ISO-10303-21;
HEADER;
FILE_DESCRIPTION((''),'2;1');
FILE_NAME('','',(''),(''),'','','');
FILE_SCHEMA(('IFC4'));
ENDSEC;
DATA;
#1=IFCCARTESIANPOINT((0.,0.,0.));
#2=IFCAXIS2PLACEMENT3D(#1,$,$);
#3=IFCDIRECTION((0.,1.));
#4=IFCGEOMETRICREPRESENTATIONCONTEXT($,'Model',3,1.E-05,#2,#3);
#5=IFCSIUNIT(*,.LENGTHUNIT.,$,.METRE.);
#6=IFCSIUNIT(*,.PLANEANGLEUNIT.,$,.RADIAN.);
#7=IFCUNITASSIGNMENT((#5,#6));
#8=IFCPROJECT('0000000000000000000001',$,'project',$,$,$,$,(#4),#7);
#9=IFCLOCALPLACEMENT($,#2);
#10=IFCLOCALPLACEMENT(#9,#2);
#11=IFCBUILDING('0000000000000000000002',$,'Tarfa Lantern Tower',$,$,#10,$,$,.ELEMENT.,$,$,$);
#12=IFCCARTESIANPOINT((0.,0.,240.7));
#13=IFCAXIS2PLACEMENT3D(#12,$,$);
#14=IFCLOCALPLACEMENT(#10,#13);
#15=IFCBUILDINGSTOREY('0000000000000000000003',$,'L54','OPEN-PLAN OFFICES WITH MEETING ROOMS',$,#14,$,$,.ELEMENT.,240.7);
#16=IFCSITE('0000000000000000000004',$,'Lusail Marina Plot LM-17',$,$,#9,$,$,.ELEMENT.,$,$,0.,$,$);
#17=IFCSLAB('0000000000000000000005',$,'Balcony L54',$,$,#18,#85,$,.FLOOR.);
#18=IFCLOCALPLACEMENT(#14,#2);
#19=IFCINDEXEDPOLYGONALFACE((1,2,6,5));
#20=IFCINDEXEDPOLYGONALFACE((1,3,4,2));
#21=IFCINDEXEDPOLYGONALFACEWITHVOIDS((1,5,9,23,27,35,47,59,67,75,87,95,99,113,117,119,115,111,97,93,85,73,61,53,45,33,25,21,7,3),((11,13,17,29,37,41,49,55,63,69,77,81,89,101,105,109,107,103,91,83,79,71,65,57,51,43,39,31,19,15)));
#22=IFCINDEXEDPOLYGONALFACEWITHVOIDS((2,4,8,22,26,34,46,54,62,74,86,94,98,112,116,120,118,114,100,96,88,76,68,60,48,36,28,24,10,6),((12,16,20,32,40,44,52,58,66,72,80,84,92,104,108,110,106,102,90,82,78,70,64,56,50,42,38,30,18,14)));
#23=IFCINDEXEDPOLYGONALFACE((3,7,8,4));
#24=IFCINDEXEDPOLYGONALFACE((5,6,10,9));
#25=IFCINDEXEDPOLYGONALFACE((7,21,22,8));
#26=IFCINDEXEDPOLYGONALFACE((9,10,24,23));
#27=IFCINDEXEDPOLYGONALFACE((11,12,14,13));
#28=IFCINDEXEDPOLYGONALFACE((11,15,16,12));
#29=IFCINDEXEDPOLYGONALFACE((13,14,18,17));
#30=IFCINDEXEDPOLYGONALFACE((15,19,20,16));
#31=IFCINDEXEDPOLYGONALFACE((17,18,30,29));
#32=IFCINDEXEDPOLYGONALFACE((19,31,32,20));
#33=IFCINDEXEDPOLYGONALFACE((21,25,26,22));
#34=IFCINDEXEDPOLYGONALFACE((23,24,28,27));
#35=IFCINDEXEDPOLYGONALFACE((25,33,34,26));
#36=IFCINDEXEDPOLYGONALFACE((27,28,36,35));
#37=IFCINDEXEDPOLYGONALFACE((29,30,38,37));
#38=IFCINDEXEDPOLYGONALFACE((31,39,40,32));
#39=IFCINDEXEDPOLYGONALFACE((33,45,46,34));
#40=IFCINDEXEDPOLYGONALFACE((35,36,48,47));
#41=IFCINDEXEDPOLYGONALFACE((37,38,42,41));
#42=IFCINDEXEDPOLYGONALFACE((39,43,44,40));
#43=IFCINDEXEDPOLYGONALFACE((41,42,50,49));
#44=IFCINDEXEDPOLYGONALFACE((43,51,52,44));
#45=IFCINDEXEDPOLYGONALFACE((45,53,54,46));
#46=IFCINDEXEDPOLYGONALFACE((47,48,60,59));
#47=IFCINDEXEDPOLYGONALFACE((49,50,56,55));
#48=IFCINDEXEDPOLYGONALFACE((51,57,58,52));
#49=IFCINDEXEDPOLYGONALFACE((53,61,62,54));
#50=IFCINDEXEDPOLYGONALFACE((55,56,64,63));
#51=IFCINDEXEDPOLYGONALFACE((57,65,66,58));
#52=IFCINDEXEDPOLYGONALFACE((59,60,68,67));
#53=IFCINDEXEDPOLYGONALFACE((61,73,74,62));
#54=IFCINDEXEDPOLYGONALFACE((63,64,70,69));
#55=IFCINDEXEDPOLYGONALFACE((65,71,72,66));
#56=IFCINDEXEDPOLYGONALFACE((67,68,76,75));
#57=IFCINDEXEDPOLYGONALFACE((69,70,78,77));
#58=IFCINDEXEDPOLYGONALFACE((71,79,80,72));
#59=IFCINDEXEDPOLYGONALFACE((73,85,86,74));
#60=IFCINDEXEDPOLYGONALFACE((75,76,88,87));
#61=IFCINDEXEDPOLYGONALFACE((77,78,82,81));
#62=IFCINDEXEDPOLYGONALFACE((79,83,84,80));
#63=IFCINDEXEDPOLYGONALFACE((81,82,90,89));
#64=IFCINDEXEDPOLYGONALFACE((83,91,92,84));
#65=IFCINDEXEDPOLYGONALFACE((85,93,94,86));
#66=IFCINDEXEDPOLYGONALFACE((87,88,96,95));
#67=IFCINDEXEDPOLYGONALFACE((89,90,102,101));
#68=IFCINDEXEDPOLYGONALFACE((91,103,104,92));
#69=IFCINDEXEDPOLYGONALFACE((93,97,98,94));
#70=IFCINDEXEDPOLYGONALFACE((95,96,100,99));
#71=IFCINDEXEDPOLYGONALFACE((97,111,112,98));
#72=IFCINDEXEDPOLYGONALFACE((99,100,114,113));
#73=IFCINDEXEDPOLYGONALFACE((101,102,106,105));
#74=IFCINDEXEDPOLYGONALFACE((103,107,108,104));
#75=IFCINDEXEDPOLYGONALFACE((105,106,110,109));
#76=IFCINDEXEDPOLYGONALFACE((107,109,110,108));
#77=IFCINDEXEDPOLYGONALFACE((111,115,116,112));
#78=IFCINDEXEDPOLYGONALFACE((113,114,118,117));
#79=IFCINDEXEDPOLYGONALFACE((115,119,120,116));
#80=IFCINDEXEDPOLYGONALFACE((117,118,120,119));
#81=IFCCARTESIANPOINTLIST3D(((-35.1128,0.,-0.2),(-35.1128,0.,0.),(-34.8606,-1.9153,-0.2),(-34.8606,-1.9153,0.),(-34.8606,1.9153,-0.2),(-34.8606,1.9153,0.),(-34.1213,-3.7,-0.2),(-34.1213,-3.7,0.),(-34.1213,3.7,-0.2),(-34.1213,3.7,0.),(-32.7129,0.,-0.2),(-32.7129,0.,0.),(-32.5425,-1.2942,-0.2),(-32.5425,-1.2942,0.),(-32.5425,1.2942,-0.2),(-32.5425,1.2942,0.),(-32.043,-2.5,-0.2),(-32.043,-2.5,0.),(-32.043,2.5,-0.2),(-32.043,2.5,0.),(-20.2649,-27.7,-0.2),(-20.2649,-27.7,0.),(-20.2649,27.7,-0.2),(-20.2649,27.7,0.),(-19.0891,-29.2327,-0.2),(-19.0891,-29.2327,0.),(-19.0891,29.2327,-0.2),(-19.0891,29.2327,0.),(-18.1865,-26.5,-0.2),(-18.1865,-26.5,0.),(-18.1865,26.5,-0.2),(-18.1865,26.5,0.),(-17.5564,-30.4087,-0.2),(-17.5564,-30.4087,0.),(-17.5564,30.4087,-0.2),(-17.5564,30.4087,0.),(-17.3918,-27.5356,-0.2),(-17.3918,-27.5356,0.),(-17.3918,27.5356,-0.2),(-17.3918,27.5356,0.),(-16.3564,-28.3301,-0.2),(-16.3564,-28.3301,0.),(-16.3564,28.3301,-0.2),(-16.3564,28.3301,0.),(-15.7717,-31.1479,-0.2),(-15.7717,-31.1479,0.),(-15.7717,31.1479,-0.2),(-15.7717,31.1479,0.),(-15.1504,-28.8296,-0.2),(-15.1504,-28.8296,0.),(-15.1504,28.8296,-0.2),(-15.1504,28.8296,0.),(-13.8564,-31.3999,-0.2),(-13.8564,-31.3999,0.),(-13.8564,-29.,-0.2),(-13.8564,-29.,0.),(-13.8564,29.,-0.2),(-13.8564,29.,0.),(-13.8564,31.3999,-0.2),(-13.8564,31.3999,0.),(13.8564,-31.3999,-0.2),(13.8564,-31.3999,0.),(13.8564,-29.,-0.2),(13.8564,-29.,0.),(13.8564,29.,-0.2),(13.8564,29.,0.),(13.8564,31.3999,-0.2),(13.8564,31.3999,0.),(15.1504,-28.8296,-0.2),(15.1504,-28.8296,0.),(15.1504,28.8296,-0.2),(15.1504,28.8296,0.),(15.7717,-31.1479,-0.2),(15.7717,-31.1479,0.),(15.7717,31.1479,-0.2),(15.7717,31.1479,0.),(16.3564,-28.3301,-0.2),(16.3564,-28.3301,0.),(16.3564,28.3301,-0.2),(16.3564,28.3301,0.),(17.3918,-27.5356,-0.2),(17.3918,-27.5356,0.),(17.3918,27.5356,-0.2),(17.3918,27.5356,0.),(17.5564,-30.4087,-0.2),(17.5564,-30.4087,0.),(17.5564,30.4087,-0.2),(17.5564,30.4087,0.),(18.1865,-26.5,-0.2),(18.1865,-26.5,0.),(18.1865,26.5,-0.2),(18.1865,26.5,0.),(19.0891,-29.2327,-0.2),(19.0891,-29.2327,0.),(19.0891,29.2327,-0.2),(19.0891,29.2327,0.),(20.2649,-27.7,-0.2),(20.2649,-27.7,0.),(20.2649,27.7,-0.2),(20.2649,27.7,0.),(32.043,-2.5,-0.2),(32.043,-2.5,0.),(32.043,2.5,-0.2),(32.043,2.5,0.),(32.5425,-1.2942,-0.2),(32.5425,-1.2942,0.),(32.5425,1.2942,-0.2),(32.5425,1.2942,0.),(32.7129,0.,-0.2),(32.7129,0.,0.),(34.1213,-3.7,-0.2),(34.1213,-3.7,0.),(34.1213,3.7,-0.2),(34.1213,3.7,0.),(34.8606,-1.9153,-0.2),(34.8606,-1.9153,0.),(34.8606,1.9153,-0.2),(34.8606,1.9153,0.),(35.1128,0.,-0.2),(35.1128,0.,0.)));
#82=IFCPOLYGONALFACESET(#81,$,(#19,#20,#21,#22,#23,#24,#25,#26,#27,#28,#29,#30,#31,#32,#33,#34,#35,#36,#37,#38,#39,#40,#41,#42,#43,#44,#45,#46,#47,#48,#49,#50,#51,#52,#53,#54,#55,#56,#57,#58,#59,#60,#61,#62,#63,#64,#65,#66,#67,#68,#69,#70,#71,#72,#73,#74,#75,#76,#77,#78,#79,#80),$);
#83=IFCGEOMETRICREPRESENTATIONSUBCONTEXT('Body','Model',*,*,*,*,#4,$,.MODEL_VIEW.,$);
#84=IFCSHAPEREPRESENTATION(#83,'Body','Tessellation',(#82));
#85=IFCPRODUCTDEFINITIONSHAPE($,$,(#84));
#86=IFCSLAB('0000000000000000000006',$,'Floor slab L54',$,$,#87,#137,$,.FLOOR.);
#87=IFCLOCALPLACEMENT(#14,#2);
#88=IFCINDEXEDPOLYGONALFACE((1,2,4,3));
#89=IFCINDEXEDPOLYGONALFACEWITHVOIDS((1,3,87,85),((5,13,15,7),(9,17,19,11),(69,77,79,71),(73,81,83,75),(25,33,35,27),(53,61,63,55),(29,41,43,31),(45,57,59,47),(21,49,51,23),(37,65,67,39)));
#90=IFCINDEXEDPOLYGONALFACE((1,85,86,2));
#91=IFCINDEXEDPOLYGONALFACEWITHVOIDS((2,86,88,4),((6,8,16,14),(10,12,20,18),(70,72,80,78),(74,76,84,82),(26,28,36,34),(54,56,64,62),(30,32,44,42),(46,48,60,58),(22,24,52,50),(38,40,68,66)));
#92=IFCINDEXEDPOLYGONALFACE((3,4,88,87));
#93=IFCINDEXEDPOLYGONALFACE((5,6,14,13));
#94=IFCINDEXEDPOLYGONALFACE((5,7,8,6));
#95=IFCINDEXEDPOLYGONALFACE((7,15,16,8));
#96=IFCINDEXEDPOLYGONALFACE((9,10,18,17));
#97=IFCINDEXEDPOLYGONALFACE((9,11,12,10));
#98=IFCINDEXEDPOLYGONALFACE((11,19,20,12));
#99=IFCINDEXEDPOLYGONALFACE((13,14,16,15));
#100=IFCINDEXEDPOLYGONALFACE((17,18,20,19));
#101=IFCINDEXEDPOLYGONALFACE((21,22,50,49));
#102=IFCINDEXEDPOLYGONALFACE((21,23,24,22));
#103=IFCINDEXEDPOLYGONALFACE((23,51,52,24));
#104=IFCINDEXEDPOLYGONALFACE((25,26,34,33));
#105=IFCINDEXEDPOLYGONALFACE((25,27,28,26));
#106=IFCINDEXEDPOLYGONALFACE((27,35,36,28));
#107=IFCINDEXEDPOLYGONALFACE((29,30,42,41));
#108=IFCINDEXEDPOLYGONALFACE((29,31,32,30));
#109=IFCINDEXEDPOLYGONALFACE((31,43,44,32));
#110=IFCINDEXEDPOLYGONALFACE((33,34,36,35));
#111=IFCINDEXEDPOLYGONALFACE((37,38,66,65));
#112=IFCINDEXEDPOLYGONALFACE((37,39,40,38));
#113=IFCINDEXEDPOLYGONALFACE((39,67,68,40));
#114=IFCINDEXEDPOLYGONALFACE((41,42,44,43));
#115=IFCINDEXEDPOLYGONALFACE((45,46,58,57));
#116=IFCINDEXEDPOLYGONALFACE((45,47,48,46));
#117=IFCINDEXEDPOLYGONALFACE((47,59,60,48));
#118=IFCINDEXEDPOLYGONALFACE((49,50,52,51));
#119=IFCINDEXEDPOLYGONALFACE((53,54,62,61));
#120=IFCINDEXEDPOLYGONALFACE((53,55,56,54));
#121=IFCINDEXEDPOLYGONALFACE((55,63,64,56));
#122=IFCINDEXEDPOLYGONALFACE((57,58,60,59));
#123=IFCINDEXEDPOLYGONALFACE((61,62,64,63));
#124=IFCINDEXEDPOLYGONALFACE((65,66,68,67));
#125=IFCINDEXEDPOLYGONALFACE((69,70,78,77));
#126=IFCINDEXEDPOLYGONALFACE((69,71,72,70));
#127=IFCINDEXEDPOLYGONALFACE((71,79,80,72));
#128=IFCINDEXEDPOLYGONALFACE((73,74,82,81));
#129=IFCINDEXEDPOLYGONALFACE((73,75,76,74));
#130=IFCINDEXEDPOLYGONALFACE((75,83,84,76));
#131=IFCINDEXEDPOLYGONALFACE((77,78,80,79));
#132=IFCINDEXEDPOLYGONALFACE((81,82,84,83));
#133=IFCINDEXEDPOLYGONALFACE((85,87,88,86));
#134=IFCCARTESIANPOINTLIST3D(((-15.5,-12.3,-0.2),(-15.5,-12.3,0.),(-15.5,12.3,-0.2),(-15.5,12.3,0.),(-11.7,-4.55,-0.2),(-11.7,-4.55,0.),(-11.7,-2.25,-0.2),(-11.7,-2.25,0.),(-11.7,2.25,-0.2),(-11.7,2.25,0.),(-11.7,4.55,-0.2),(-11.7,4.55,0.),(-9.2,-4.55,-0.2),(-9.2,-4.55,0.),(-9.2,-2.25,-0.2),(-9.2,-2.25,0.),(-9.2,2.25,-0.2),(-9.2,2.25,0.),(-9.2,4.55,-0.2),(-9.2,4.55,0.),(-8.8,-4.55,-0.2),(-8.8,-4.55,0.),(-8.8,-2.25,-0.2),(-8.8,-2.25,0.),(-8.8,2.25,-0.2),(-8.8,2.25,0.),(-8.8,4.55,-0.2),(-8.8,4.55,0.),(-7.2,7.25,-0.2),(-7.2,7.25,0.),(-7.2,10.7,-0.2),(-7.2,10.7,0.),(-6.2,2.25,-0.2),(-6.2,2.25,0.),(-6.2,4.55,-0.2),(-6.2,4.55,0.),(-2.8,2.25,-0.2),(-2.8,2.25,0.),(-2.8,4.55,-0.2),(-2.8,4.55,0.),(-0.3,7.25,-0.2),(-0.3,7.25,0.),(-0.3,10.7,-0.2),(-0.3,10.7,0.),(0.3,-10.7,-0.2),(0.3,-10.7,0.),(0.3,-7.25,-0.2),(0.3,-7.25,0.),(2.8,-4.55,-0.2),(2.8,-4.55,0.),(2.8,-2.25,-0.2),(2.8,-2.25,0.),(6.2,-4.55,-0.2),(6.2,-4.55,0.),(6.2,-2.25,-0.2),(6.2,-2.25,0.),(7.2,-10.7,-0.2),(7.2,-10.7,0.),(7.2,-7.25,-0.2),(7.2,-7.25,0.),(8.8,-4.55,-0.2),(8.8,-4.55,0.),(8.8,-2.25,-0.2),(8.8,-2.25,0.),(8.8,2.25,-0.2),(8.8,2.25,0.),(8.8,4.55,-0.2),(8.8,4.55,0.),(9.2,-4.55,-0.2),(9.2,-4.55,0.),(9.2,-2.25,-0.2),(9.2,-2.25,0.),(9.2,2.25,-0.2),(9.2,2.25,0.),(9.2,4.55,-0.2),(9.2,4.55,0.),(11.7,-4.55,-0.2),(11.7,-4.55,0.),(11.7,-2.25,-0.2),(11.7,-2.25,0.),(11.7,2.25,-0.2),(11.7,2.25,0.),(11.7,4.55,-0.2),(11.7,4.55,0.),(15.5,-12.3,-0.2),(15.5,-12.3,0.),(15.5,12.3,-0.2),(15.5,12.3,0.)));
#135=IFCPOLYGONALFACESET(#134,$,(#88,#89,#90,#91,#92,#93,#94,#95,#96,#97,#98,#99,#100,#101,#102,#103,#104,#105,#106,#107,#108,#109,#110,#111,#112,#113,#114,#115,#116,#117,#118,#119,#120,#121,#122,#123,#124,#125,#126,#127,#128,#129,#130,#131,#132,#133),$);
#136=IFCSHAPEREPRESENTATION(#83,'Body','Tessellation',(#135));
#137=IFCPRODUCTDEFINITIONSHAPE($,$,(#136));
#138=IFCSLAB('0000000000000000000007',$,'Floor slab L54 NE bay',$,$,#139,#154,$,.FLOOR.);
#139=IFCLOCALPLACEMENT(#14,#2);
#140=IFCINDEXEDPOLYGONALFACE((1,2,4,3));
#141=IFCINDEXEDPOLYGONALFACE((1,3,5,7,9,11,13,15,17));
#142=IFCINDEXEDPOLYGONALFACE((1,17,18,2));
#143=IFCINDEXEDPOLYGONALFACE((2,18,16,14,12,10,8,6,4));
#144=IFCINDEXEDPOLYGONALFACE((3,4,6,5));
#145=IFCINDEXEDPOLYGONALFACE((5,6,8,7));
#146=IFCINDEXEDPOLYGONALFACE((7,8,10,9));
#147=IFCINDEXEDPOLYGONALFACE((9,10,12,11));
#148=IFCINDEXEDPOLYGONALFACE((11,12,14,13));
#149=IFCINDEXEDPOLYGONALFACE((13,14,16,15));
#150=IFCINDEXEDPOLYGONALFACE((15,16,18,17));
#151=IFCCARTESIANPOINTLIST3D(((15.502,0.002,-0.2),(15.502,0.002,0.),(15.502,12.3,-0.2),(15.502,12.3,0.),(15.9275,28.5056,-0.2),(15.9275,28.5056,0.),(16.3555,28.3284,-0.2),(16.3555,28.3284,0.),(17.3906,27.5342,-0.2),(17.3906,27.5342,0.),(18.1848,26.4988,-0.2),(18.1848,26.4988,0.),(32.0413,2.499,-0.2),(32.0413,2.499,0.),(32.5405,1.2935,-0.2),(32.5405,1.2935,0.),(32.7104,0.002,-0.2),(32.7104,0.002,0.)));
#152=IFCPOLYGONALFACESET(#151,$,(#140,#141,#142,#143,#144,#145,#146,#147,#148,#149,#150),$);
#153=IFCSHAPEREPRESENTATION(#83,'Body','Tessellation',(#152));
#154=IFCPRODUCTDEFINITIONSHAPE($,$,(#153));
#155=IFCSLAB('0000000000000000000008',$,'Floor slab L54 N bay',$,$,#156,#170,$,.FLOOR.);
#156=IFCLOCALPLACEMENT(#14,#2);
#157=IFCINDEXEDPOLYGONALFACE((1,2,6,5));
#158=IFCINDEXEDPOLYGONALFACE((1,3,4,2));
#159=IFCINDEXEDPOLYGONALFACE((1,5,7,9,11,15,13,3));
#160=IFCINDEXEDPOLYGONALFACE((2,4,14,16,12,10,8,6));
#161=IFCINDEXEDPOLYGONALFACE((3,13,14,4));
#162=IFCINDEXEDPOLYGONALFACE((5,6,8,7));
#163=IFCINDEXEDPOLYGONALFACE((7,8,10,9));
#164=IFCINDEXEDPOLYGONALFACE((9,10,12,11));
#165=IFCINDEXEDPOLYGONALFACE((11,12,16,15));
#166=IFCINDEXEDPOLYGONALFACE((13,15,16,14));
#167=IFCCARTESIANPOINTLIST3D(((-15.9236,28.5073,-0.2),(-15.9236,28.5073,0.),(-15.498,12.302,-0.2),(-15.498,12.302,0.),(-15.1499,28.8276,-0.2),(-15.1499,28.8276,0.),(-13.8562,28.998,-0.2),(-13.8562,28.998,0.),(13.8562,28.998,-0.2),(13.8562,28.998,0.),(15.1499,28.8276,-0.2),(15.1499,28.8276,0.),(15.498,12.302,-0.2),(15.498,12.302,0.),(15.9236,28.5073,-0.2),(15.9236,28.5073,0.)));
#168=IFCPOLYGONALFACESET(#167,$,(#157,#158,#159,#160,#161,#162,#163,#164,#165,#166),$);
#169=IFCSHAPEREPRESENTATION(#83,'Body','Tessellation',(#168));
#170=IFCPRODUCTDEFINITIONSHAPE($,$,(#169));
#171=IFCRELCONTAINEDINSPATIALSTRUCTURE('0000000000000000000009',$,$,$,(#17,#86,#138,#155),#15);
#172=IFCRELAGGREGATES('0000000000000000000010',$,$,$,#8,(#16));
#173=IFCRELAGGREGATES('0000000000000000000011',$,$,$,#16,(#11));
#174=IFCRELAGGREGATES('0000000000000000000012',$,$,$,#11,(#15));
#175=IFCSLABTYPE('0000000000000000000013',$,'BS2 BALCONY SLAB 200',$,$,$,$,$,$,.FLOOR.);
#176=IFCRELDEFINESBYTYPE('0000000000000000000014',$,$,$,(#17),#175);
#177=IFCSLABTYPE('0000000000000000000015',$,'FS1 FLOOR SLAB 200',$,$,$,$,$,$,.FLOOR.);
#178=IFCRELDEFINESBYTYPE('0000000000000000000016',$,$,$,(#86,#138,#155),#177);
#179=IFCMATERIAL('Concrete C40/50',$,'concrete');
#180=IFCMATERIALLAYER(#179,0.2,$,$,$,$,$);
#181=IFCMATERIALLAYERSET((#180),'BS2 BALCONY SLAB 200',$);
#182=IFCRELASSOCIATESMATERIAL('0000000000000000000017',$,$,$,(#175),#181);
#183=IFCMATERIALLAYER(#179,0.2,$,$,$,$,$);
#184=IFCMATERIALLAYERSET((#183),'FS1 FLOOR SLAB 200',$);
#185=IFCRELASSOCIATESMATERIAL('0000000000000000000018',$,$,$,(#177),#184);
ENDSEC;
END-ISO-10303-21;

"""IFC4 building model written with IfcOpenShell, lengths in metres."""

from ifc_helpers import new_model, si_unit, direction, frame, origin, place, context, subcontext, project, spatial, polyline, outline, extrude, material, layer, layer_set, type_object, element, save


model = new_model("IFC4")

# Units and contexts
model_context = context("Model", 3, precision=1e-05, world=origin(), true_north=direction((0.0, 1.0)))
body_context = subcontext(model_context, "Body", "Model", "MODEL_VIEW")
ifc_project = project(units=[si_unit("LENGTHUNIT", "METRE"), si_unit("PLANEANGLEUNIT", "RADIAN")], contexts=[model_context])

# Site, building, storey
site_placement = place(None, origin())
site = spatial("IfcSite", under=ifc_project, at=site_placement, Name="Lusail Marina Plot LM-17", CompositionType="ELEMENT", RefElevation=0.0)
building_placement = place(site_placement, origin())
building = spatial("IfcBuilding", under=site, at=building_placement, Name="Tarfa Lantern Tower", CompositionType="ELEMENT")
storey_placement = place(building_placement, frame((0.0, 0.0, 240.7)))
storey = spatial("IfcBuildingStorey", under=building, at=storey_placement, Name="L54", Description="OPEN-PLAN OFFICES WITH MEETING ROOMS", CompositionType="ELEMENT", Elevation=240.7)

# Slabs
ifc_material_1 = material(Name="Concrete C40/50", Category="concrete")
ifc_layer_1 = layer(ifc_material_1, 0.2)
ifc_layer_set_1 = layer_set([ifc_layer_1], Name="BS2 BALCONY SLAB 200")
slab_type_1 = type_object("IfcSlabType", Name="BS2 BALCONY SLAB 200", PredefinedType="FLOOR", material=ifc_layer_set_1)
slab_1_placement = place(storey_placement, frame((0.0, 0.0, -0.2)))
element("IfcSlab", 1, at=slab_1_placement, inside=storey, type_object=slab_type_1, Name="Balcony L54", PredefinedType="FLOOR", context=body_context, shape_type="SweptSolid", body=[
    extrude(outline(polyline([(34.1213, 3.7), (20.2649, 27.7), (19.0891, 29.2327), (17.5564, 30.4087), (15.7717, 31.1479), (13.8564, 31.3999), (-13.8564, 31.3999), (-15.7717, 31.1479), (-17.5564, 30.4087), (-19.0891, 29.2327), (-20.2649, 27.7), (-34.1213, 3.7), (-34.8606, 1.9153), (-35.1128, 0.0), (-34.8606, -1.9153), (-34.1213, -3.7), (-20.2649, -27.7), (-19.0891, -29.2327), (-17.5564, -30.4087), (-15.7717, -31.1479), (-13.8564, -31.3999), (13.8564, -31.3999), (15.7717, -31.1479), (17.5564, -30.4087), (19.0891, -29.2327), (20.2649, -27.7), (34.1213, -3.7), (34.8606, -1.9153), (35.1128, 0.0), (34.8606, 1.9153), (34.1213, 3.7)]), holes=[polyline([(32.043, 2.5), (18.1865, 26.5), (17.3918, 27.5356), (16.3564, 28.3301), (15.1504, 28.8296), (13.8564, 29.0), (-13.8564, 29.0), (-15.1504, 28.8296), (-16.3564, 28.3301), (-17.3918, 27.5356), (-18.1865, 26.5), (-32.043, 2.5), (-32.5425, 1.2942), (-32.7129, 0.0), (-32.5425, -1.2942), (-32.043, -2.5), (-18.1865, -26.5), (-17.3918, -27.5356), (-16.3564, -28.3301), (-15.1504, -28.8296), (-13.8564, -29.0), (13.8564, -29.0), (15.1504, -28.8296), (16.3564, -28.3301), (17.3918, -27.5356), (18.1865, -26.5), (32.043, -2.5), (32.5425, -1.2942), (32.7129, 0.0), (32.5425, 1.2942), (32.043, 2.5)])]), origin(), (0.0, 0.0, 1.0), 0.2),
])
ifc_layer_2 = layer(ifc_material_1, 0.2)
ifc_layer_set_2 = layer_set([ifc_layer_2], Name="FS1 FLOOR SLAB 200")
slab_type_2 = type_object("IfcSlabType", Name="FS1 FLOOR SLAB 200", PredefinedType="FLOOR", material=ifc_layer_set_2)
slab_2_placement = place(storey_placement, frame((0.0, 0.0, -0.2)))
element("IfcSlab", 2, at=slab_2_placement, inside=storey, type_object=slab_type_2, Name="Floor slab L54", PredefinedType="FLOOR", context=body_context, shape_type="SweptSolid", body=[
    extrude(outline(polyline([(-15.5, -12.3), (15.5, -12.3), (15.5, 12.3), (-15.5, 12.3), (-15.5, -12.3)]), holes=[polyline([(-11.7, 2.25), (-9.2, 2.25), (-9.2, 4.55), (-11.7, 4.55), (-11.7, 2.25)]), polyline([(-8.8, 2.25), (-6.2, 2.25), (-6.2, 4.55), (-8.8, 4.55), (-8.8, 2.25)]), polyline([(-2.8, 2.25), (8.8, 2.25), (8.8, 4.55), (-2.8, 4.55), (-2.8, 2.25)]), polyline([(9.2, 2.25), (11.7, 2.25), (11.7, 4.55), (9.2, 4.55), (9.2, 2.25)]), polyline([(11.7, -2.25), (9.2, -2.25), (9.2, -4.55), (11.7, -4.55), (11.7, -2.25)]), polyline([(8.8, -2.25), (6.2, -2.25), (6.2, -4.55), (8.8, -4.55), (8.8, -2.25)]), polyline([(2.8, -2.25), (-8.8, -2.25), (-8.8, -4.55), (2.8, -4.55), (2.8, -2.25)]), polyline([(-9.2, -2.25), (-11.7, -2.25), (-11.7, -4.55), (-9.2, -4.55), (-9.2, -2.25)]), polyline([(-7.2, 7.25), (-0.3, 7.25), (-0.3, 10.7), (-7.2, 10.7), (-7.2, 7.25)]), polyline([(7.2, -7.25), (0.3, -7.25), (0.3, -10.7), (7.2, -10.7), (7.2, -7.25)])]), origin(), (0.0, 0.0, 1.0), 0.2),
])
slab_3_placement = place(storey_placement, frame((0.0, 0.0, -0.2)))
element("IfcSlab", 3, at=slab_3_placement, inside=storey, type_object=slab_type_2, Name="Floor slab L54 NE bay", PredefinedType="FLOOR", context=body_context, shape_type="SweptSolid", body=[
    extrude(outline(polyline([(32.0413, 2.499), (18.1848, 26.4988), (17.3906, 27.5342), (16.3555, 28.3284), (15.9275, 28.5056), (15.502, 12.3), (15.502, 0.002), (32.7104, 0.002), (32.5405, 1.2935), (32.0413, 2.499)])), origin(), (0.0, 0.0, 1.0), 0.2),
])
slab_4_placement = place(storey_placement, frame((0.0, 0.0, -0.2)))
element("IfcSlab", 4, at=slab_4_placement, inside=storey, type_object=slab_type_2, Name="Floor slab L54 N bay", PredefinedType="FLOOR", context=body_context, shape_type="SweptSolid", body=[
    extrude(outline(polyline([(-15.498, 12.302), (15.498, 12.302), (15.9236, 28.5073), (15.1499, 28.8276), (13.8562, 28.998), (-13.8562, 28.998), (-15.1499, 28.8276), (-15.9236, 28.5073), (-15.498, 12.302)])), origin(), (0.0, 0.0, 1.0), 0.2),
])

save(model, "model.ifc")
